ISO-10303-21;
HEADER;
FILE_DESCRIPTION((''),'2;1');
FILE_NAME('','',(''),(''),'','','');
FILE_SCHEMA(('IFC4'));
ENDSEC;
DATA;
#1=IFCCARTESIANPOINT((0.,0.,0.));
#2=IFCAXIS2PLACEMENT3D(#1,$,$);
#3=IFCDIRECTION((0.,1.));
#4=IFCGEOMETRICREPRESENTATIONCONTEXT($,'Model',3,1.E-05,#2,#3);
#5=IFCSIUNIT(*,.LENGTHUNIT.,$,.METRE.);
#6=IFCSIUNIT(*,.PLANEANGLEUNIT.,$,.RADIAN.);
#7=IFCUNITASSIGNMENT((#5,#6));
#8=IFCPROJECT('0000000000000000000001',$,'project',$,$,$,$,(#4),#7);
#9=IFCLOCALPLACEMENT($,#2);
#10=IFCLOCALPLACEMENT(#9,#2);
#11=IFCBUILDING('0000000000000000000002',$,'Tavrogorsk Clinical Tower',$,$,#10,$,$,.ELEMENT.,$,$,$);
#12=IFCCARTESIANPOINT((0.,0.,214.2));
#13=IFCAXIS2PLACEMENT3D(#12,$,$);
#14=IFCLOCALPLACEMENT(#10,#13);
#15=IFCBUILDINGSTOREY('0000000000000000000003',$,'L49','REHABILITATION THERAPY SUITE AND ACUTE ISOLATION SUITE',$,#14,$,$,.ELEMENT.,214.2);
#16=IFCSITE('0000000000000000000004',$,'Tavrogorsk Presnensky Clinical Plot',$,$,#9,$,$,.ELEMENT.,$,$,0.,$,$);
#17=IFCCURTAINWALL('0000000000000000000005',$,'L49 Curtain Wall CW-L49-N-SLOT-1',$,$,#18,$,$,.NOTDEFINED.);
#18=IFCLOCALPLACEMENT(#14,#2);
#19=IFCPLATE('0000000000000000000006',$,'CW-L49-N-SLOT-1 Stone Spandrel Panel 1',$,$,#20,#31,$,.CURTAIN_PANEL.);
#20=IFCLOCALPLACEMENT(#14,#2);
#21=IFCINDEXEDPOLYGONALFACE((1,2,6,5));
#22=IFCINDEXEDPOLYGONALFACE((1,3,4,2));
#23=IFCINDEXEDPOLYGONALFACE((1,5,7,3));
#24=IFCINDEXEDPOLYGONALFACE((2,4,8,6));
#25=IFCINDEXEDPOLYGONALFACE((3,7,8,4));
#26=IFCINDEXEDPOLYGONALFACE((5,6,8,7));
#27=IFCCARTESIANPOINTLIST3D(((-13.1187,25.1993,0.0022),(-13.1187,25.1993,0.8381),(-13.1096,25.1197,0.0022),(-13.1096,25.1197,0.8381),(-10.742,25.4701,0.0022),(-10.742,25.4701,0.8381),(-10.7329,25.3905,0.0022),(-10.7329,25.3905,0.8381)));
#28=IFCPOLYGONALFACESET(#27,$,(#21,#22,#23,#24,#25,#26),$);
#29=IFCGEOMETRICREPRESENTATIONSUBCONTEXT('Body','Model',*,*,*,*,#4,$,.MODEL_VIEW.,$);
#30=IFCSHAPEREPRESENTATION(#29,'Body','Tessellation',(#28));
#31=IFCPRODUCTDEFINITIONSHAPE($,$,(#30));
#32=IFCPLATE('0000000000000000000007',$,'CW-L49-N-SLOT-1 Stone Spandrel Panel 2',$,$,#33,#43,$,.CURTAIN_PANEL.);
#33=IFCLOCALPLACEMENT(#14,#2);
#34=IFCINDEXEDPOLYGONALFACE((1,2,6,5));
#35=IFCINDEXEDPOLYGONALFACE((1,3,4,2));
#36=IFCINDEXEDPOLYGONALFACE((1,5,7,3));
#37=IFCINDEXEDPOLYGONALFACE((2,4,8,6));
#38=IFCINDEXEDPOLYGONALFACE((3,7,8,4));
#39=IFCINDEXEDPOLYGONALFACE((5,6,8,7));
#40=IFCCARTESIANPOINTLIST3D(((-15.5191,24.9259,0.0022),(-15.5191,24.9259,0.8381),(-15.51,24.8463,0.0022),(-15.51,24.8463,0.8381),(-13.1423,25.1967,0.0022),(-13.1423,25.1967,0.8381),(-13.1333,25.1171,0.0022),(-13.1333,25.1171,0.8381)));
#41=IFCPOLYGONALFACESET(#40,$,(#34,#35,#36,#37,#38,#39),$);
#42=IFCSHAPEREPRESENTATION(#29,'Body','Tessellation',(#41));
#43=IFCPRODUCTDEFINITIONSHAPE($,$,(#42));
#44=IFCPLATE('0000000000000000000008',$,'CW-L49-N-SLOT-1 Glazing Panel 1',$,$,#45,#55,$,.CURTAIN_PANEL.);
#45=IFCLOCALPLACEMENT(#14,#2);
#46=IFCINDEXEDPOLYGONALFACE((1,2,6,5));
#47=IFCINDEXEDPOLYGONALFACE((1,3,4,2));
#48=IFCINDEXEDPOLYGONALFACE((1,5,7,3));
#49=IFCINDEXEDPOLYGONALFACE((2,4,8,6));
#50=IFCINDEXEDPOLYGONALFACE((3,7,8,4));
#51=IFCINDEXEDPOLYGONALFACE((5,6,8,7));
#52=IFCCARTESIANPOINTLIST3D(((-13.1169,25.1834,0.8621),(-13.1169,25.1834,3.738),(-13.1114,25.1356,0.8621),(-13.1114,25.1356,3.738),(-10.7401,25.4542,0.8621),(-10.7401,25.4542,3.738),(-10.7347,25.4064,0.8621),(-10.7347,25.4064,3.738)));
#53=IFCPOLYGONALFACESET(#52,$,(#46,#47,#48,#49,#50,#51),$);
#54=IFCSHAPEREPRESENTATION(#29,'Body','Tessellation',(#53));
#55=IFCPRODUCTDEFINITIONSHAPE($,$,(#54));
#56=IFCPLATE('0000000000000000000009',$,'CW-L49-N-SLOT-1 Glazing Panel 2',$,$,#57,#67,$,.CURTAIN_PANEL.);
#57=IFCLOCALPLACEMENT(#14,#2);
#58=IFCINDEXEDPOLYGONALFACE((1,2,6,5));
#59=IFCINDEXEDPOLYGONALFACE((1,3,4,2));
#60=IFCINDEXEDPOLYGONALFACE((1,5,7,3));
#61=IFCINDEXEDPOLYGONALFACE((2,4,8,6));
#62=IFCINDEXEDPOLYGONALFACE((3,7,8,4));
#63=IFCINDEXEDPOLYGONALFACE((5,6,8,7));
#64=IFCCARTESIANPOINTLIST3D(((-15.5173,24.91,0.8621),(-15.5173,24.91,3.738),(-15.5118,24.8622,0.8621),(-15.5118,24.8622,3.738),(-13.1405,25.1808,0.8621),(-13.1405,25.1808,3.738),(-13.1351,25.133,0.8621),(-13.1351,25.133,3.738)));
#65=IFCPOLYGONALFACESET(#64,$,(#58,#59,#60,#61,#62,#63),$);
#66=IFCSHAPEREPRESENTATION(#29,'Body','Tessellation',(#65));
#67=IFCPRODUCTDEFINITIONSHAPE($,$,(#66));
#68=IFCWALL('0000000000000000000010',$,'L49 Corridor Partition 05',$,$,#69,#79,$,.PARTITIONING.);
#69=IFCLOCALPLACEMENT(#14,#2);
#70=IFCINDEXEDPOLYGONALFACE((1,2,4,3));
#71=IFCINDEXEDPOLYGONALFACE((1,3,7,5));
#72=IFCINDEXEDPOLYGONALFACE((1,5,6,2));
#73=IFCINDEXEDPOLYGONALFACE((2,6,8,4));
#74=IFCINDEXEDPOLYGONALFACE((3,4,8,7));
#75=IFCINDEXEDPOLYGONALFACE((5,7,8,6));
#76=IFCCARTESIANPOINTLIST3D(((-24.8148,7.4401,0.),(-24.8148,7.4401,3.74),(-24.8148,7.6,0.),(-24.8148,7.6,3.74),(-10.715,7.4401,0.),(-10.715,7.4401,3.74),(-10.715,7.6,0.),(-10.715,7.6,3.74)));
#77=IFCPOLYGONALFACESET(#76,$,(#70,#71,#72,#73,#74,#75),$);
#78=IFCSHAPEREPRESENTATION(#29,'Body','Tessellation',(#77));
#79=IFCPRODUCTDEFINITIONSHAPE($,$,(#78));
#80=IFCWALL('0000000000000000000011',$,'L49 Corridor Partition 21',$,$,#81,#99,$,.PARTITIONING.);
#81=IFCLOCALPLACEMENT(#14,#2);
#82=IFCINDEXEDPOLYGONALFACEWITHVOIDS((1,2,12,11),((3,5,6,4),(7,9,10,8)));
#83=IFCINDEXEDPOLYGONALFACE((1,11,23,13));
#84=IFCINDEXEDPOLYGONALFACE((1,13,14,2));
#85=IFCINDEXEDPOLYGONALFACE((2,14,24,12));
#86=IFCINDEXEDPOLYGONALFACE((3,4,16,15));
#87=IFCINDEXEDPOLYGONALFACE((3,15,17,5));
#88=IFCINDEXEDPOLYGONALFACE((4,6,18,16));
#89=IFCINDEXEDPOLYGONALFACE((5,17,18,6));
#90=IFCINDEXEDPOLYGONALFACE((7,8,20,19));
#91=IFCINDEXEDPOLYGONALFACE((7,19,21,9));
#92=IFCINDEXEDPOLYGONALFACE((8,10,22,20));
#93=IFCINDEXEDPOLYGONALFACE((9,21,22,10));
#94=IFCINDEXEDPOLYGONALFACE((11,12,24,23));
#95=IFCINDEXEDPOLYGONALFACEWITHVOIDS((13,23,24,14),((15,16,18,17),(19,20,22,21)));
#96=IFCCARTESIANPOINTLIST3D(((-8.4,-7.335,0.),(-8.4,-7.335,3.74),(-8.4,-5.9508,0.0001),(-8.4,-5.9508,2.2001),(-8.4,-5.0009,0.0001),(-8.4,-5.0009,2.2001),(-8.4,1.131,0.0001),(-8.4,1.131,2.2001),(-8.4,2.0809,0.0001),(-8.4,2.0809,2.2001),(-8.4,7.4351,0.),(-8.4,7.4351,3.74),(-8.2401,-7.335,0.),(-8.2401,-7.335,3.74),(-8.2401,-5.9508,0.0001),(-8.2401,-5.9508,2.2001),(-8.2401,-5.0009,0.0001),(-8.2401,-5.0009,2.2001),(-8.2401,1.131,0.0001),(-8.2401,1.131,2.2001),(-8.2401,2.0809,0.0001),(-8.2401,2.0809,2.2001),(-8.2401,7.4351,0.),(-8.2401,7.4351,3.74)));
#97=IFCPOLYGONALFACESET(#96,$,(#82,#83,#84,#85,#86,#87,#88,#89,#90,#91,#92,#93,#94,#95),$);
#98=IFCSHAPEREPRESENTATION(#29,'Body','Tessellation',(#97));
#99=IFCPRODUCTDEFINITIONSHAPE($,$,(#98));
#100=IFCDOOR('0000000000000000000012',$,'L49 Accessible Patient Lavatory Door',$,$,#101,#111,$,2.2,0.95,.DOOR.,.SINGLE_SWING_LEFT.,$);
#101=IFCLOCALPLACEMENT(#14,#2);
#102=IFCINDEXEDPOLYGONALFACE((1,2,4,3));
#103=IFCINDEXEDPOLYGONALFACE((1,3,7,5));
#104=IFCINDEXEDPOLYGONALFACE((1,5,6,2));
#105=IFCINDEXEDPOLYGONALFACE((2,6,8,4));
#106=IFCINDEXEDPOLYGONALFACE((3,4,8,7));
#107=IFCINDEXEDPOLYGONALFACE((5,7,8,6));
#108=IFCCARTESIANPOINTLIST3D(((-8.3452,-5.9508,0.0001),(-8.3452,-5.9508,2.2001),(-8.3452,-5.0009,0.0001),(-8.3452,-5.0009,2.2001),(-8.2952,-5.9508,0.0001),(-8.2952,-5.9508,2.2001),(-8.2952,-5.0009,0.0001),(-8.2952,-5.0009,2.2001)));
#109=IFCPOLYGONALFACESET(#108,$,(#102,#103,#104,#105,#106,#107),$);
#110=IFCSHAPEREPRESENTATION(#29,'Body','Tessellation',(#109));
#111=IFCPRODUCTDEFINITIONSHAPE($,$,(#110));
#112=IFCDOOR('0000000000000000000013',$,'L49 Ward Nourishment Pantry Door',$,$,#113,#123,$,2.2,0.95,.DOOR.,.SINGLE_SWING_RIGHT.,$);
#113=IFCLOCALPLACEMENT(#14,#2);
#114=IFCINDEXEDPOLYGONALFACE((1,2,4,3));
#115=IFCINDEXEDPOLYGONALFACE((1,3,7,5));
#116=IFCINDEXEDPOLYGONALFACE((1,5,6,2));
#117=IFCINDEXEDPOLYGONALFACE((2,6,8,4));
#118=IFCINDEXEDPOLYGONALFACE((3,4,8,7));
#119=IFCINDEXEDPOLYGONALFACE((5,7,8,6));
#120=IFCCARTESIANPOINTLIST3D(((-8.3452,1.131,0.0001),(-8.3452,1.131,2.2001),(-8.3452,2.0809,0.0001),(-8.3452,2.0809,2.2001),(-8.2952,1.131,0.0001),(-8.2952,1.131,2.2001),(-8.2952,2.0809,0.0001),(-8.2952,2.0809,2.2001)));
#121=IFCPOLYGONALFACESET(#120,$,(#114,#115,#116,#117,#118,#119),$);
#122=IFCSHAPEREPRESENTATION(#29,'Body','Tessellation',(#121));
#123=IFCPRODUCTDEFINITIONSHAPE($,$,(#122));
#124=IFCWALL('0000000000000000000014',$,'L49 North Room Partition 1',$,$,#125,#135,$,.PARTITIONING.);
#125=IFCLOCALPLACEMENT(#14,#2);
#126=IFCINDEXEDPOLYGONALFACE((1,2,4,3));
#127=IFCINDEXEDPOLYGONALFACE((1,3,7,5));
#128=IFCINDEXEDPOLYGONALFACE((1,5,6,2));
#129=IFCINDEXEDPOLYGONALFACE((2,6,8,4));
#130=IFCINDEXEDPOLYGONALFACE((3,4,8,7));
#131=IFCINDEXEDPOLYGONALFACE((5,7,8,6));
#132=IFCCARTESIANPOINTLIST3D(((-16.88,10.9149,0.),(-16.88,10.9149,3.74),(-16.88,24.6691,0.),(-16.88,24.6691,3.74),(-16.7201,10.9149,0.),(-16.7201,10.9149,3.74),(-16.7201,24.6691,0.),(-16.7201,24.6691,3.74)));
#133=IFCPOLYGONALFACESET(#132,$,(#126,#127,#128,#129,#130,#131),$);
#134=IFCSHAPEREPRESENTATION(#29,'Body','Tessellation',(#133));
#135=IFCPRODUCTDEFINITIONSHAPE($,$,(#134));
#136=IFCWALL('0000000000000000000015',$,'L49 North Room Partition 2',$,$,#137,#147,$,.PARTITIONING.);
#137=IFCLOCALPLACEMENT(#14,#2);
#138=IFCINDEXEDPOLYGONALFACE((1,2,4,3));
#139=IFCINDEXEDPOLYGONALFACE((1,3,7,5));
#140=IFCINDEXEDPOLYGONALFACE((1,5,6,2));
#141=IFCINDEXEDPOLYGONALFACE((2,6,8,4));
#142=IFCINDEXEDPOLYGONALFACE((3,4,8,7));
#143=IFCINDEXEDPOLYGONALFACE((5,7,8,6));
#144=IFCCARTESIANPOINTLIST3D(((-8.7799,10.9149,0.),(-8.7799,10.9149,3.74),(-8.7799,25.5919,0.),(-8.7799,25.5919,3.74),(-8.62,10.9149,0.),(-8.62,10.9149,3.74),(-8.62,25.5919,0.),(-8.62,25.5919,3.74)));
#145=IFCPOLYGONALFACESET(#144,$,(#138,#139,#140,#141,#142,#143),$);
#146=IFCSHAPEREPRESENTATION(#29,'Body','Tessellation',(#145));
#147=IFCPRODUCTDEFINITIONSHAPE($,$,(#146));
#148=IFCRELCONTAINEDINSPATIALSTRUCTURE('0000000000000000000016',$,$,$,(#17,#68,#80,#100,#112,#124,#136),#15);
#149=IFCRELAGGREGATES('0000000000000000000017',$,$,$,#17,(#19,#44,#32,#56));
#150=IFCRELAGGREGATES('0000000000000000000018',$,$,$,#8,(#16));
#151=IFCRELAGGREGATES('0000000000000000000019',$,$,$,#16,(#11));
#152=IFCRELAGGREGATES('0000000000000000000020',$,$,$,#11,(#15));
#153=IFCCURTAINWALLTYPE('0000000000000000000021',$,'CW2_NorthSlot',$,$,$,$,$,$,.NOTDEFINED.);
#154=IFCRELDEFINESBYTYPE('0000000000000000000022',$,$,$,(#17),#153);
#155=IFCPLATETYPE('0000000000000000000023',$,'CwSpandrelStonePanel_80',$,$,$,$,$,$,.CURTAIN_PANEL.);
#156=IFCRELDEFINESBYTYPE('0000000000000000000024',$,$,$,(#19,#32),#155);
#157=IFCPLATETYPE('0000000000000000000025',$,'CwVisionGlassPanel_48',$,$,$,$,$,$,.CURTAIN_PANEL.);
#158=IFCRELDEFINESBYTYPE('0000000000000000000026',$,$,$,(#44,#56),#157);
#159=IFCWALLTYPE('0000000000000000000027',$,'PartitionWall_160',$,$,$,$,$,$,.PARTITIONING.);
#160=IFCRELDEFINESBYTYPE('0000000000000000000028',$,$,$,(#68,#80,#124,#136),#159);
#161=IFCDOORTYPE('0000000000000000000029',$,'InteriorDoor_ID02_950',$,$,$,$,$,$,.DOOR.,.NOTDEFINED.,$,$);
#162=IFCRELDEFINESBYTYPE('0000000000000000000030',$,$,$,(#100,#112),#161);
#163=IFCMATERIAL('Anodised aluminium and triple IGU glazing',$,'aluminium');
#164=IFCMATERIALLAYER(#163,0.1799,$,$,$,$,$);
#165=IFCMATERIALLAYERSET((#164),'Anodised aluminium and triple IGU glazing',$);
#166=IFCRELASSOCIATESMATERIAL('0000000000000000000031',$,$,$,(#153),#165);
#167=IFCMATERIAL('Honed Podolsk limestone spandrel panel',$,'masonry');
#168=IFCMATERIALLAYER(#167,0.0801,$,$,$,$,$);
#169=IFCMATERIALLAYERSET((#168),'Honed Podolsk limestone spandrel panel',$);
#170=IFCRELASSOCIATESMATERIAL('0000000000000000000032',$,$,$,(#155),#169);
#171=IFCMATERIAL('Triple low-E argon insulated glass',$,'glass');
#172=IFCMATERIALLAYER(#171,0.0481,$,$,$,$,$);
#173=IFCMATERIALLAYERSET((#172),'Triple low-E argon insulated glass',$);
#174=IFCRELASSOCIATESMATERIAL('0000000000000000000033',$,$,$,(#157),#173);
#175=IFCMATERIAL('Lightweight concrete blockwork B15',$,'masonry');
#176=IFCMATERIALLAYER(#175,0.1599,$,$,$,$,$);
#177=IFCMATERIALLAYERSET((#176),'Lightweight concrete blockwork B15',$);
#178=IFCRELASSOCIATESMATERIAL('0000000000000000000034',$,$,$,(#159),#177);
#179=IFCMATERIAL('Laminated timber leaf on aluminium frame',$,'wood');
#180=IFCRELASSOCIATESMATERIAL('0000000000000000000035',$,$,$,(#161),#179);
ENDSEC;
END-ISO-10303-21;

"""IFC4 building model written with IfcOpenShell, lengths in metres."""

from ifc_helpers import new_model, si_unit, direction, frame, frame_2d, origin, origin_2d, place, context, subcontext, project, spatial, rectangle, extrude, material, layer, layer_set, type_object, element, fill, aggregate, save


model = new_model("IFC4")

# Units and contexts
model_context = context("Model", 3, precision=1e-05, world=origin(), true_north=direction((0.0, 1.0)))
body_context = subcontext(model_context, "Body", "Model", "MODEL_VIEW")
ifc_project = project(units=[si_unit("LENGTHUNIT", "METRE"), si_unit("PLANEANGLEUNIT", "RADIAN")], contexts=[model_context])

# Site, building, storey
site_placement = place(None, origin())
site = spatial("IfcSite", under=ifc_project, at=site_placement, Name="Tavrogorsk Presnensky Clinical Plot", CompositionType="ELEMENT", RefElevation=0.0)
building_placement = place(site_placement, origin())
building = spatial("IfcBuilding", under=site, at=building_placement, Name="Tavrogorsk Clinical Tower", CompositionType="ELEMENT")
storey_placement = place(building_placement, frame((0.0, 0.0, 214.2)))
storey = spatial("IfcBuildingStorey", under=building, at=storey_placement, Name="L49", Description="REHABILITATION THERAPY SUITE AND ACUTE ISOLATION SUITE", CompositionType="ELEMENT", Elevation=214.2)

# Curtain wall
ifc_material_1 = material(Name="Anodised aluminium and triple IGU glazing", Category="aluminium")
ifc_layer_1 = layer(ifc_material_1, 0.1799)
ifc_layer_set_1 = layer_set([ifc_layer_1], Name="Anodised aluminium and triple IGU glazing")
curtain_wall_type = type_object("IfcCurtainWallType", Name="CW2_NorthSlot", PredefinedType="NOTDEFINED", material=ifc_layer_set_1)
curtain_wall_placement = place(storey_placement, origin())
curtain_wall = element("IfcCurtainWall", 1, at=curtain_wall_placement, inside=storey, type_object=curtain_wall_type, Name="L49 Curtain Wall CW-L49-N-SLOT-1", PredefinedType="NOTDEFINED")

# Plates
ifc_material_2 = material(Name="Honed Podolsk limestone spandrel panel", Category="masonry")
ifc_layer_2 = layer(ifc_material_2, 0.0801)
ifc_layer_set_2 = layer_set([ifc_layer_2], Name="Honed Podolsk limestone spandrel panel")
plate_type_1 = type_object("IfcPlateType", Name="CwSpandrelStonePanel_80", PredefinedType="CURTAIN_PANEL", material=ifc_layer_set_2)
plate_1_placement = place(storey_placement, frame((-11.9258, 25.2949, 0.0022), z_axis=(0.0, 0.0, 1.0), x_axis=(-0.993572, -0.113203, 0.0)))
plate_1 = element("IfcPlate", 2, at=plate_1_placement, type_object=plate_type_1, Name="CW-L49-N-SLOT-1 Stone Spandrel Panel 1", PredefinedType="CURTAIN_PANEL", context=body_context, shape_type="SweptSolid", body=[
    extrude(rectangle(XDim=2.3921, YDim=0.0801, at=origin_2d()), origin(), (0.0, 0.0, 1.0), 0.8359),
])
plate_2_placement = place(storey_placement, frame((-14.3262, 25.0215, 0.0022), z_axis=(0.0, 0.0, 1.0), x_axis=(-0.993572, -0.113203, 0.0)))
plate_2 = element("IfcPlate", 3, at=plate_2_placement, type_object=plate_type_1, Name="CW-L49-N-SLOT-1 Stone Spandrel Panel 2", PredefinedType="CURTAIN_PANEL", context=body_context, shape_type="SweptSolid", body=[
    extrude(rectangle(XDim=2.3921, YDim=0.0801, at=origin_2d()), origin(), (0.0, 0.0, 1.0), 0.8359),
])
ifc_material_3 = material(Name="Triple low-E argon insulated glass", Category="glass")
ifc_layer_3 = layer(ifc_material_3, 0.0481)
ifc_layer_set_3 = layer_set([ifc_layer_3], Name="Triple low-E argon insulated glass")
plate_type_2 = type_object("IfcPlateType", Name="CwVisionGlassPanel_48", PredefinedType="CURTAIN_PANEL", material=ifc_layer_set_3)
plate_3_placement = place(storey_placement, frame((-11.9258, 25.2949, 0.8621), z_axis=(0.0, 0.0, 1.0), x_axis=(-0.993572, -0.113203, 0.0)))
plate_3 = element("IfcPlate", 4, at=plate_3_placement, type_object=plate_type_2, Name="CW-L49-N-SLOT-1 Glazing Panel 1", PredefinedType="CURTAIN_PANEL", context=body_context, shape_type="SweptSolid", body=[
    extrude(rectangle(XDim=2.3921, YDim=0.0481, at=origin_2d()), origin(), (0.0, 0.0, 1.0), 2.876),
])
plate_4_placement = place(storey_placement, frame((-14.3262, 25.0215, 0.8621), z_axis=(0.0, 0.0, 1.0), x_axis=(-0.993572, -0.113203, 0.0)))
plate_4 = element("IfcPlate", 5, at=plate_4_placement, type_object=plate_type_2, Name="CW-L49-N-SLOT-1 Glazing Panel 2", PredefinedType="CURTAIN_PANEL", context=body_context, shape_type="SweptSolid", body=[
    extrude(rectangle(XDim=2.3921, YDim=0.0481, at=origin_2d()), origin(), (0.0, 0.0, 1.0), 2.876),
])
aggregate(curtain_wall, [plate_1, plate_3, plate_2, plate_4])

# Wall
ifc_material_4 = material(Name="Lightweight concrete blockwork B15", Category="masonry")
ifc_layer_4 = layer(ifc_material_4, 0.1599)
ifc_layer_set_4 = layer_set([ifc_layer_4], Name="Lightweight concrete blockwork B15")
wall_type_1 = type_object("IfcWallType", Name="PartitionWall_160", PredefinedType="PARTITIONING", material=ifc_layer_set_4)
wall_1_placement = place(storey_placement, frame((-10.7151, 7.52, 0.0), z_axis=(0.0, 0.0, 1.0), x_axis=(-1.0, 0.0, 0.0)))
element("IfcWall", 6, at=wall_1_placement, inside=storey, type_object=wall_type_1, Name="L49 Corridor Partition 05", PredefinedType="PARTITIONING", context=body_context, shape_type="SweptSolid", body=[
    extrude(rectangle(XDim=14.0999, YDim=0.1599, at=frame_2d((7.0498, 0.0))), origin(), (0.0, 0.0, 1.0), 3.74),
])

# Wall, openings, doors
wall_2_placement = place(storey_placement, frame((-8.3201, 7.4351, 0.0), z_axis=(0.0, 0.0, 1.0), x_axis=(0.0, -1.0, 0.0)))
wall_2 = element("IfcWall", 7, at=wall_2_placement, inside=storey, type_object=wall_type_1, Name="L49 Corridor Partition 21", PredefinedType="PARTITIONING", context=body_context, shape_type="SweptSolid", body=[
    extrude(rectangle(XDim=14.77, YDim=0.1599, at=frame_2d((7.385, 0.0))), origin(), (0.0, 0.0, 1.0), 3.74),
])
opening_1_placement = place(wall_2_placement, frame((12.4358, 0.0, 0.0)))
opening_1 = element("IfcOpeningElement", 8, at=opening_1_placement, cuts=wall_2, PredefinedType="OPENING", context=body_context, shape_type="SweptSolid", body=[
    extrude(rectangle(XDim=0.95, YDim=2.2, at=frame_2d((0.4751, 1.1001))), frame((0.0, 0.0898, 0.0), z_axis=(0.0, -1.0, 0.0), x_axis=(1.0, 0.0, 0.0)), (0.0, 0.0, 1.0), 0.1799),
])
opening_2_placement = place(wall_2_placement, frame((5.354, 0.0, 0.0)))
opening_2 = element("IfcOpeningElement", 9, at=opening_2_placement, cuts=wall_2, PredefinedType="OPENING", context=body_context, shape_type="SweptSolid", body=[
    extrude(rectangle(XDim=0.95, YDim=2.2, at=frame_2d((0.4751, 1.1001))), frame((0.0, 0.0898, 0.0), z_axis=(0.0, -1.0, 0.0), x_axis=(1.0, 0.0, 0.0)), (0.0, 0.0, 1.0), 0.1799),
])
ifc_material_5 = material(Name="Laminated timber leaf on aluminium frame", Category="wood")
door_type = type_object("IfcDoorType", Name="InteriorDoor_ID02_950", OperationType="NOTDEFINED", PredefinedType="DOOR", material=ifc_material_5)
door_1_placement = place(opening_1_placement, origin())
door_1 = element("IfcDoor", 10, at=door_1_placement, inside=storey, type_object=door_type, Name="L49 Accessible Patient Lavatory Door", OperationType="SINGLE_SWING_LEFT", OverallHeight=2.2, OverallWidth=0.95, PredefinedType="DOOR", context=body_context, shape_type="SweptSolid", body=[
    extrude(rectangle(XDim=0.95, YDim=2.2, at=frame_2d((0.4751, 1.1001))), frame((0.0, 0.0249, 0.0), z_axis=(0.0, -1.0, 0.0), x_axis=(1.0, 0.0, 0.0)), (0.0, 0.0, 1.0), 0.05),
])
fill(opening_1, door_1)
door_2_placement = place(opening_2_placement, origin())
door_2 = element("IfcDoor", 11, at=door_2_placement, inside=storey, type_object=door_type, Name="L49 Ward Nourishment Pantry Door", OperationType="SINGLE_SWING_RIGHT", OverallHeight=2.2, OverallWidth=0.95, PredefinedType="DOOR", context=body_context, shape_type="SweptSolid", body=[
    extrude(rectangle(XDim=0.95, YDim=2.2, at=frame_2d((0.4751, 1.1001))), frame((0.0, 0.0249, 0.0), z_axis=(0.0, -1.0, 0.0), x_axis=(1.0, 0.0, 0.0)), (0.0, 0.0, 1.0), 0.05),
])
fill(opening_2, door_2)

# Walls
wall_3_placement = place(storey_placement, frame((-16.8, 10.915, 0.0), z_axis=(0.0, 0.0, 1.0), x_axis=(0.0, 1.0, 0.0)))
element("IfcWall", 12, at=wall_3_placement, inside=storey, type_object=wall_type_1, Name="L49 North Room Partition 1", PredefinedType="PARTITIONING", context=body_context, shape_type="SweptSolid", body=[
    extrude(rectangle(XDim=13.7542, YDim=0.1599, at=frame_2d((6.877, 0.0))), origin(), (0.0, 0.0, 1.0), 3.74),
])
wall_4_placement = place(storey_placement, frame((-8.7, 10.915, 0.0), z_axis=(0.0, 0.0, 1.0), x_axis=(0.0, 1.0, 0.0)))
element("IfcWall", 13, at=wall_4_placement, inside=storey, type_object=wall_type_1, Name="L49 North Room Partition 2", PredefinedType="PARTITIONING", context=body_context, shape_type="SweptSolid", body=[
    extrude(rectangle(XDim=14.677, YDim=0.1599, at=frame_2d((7.3384, 0.0))), origin(), (0.0, 0.0, 1.0), 3.74),
])

save(model, "model.ifc")
